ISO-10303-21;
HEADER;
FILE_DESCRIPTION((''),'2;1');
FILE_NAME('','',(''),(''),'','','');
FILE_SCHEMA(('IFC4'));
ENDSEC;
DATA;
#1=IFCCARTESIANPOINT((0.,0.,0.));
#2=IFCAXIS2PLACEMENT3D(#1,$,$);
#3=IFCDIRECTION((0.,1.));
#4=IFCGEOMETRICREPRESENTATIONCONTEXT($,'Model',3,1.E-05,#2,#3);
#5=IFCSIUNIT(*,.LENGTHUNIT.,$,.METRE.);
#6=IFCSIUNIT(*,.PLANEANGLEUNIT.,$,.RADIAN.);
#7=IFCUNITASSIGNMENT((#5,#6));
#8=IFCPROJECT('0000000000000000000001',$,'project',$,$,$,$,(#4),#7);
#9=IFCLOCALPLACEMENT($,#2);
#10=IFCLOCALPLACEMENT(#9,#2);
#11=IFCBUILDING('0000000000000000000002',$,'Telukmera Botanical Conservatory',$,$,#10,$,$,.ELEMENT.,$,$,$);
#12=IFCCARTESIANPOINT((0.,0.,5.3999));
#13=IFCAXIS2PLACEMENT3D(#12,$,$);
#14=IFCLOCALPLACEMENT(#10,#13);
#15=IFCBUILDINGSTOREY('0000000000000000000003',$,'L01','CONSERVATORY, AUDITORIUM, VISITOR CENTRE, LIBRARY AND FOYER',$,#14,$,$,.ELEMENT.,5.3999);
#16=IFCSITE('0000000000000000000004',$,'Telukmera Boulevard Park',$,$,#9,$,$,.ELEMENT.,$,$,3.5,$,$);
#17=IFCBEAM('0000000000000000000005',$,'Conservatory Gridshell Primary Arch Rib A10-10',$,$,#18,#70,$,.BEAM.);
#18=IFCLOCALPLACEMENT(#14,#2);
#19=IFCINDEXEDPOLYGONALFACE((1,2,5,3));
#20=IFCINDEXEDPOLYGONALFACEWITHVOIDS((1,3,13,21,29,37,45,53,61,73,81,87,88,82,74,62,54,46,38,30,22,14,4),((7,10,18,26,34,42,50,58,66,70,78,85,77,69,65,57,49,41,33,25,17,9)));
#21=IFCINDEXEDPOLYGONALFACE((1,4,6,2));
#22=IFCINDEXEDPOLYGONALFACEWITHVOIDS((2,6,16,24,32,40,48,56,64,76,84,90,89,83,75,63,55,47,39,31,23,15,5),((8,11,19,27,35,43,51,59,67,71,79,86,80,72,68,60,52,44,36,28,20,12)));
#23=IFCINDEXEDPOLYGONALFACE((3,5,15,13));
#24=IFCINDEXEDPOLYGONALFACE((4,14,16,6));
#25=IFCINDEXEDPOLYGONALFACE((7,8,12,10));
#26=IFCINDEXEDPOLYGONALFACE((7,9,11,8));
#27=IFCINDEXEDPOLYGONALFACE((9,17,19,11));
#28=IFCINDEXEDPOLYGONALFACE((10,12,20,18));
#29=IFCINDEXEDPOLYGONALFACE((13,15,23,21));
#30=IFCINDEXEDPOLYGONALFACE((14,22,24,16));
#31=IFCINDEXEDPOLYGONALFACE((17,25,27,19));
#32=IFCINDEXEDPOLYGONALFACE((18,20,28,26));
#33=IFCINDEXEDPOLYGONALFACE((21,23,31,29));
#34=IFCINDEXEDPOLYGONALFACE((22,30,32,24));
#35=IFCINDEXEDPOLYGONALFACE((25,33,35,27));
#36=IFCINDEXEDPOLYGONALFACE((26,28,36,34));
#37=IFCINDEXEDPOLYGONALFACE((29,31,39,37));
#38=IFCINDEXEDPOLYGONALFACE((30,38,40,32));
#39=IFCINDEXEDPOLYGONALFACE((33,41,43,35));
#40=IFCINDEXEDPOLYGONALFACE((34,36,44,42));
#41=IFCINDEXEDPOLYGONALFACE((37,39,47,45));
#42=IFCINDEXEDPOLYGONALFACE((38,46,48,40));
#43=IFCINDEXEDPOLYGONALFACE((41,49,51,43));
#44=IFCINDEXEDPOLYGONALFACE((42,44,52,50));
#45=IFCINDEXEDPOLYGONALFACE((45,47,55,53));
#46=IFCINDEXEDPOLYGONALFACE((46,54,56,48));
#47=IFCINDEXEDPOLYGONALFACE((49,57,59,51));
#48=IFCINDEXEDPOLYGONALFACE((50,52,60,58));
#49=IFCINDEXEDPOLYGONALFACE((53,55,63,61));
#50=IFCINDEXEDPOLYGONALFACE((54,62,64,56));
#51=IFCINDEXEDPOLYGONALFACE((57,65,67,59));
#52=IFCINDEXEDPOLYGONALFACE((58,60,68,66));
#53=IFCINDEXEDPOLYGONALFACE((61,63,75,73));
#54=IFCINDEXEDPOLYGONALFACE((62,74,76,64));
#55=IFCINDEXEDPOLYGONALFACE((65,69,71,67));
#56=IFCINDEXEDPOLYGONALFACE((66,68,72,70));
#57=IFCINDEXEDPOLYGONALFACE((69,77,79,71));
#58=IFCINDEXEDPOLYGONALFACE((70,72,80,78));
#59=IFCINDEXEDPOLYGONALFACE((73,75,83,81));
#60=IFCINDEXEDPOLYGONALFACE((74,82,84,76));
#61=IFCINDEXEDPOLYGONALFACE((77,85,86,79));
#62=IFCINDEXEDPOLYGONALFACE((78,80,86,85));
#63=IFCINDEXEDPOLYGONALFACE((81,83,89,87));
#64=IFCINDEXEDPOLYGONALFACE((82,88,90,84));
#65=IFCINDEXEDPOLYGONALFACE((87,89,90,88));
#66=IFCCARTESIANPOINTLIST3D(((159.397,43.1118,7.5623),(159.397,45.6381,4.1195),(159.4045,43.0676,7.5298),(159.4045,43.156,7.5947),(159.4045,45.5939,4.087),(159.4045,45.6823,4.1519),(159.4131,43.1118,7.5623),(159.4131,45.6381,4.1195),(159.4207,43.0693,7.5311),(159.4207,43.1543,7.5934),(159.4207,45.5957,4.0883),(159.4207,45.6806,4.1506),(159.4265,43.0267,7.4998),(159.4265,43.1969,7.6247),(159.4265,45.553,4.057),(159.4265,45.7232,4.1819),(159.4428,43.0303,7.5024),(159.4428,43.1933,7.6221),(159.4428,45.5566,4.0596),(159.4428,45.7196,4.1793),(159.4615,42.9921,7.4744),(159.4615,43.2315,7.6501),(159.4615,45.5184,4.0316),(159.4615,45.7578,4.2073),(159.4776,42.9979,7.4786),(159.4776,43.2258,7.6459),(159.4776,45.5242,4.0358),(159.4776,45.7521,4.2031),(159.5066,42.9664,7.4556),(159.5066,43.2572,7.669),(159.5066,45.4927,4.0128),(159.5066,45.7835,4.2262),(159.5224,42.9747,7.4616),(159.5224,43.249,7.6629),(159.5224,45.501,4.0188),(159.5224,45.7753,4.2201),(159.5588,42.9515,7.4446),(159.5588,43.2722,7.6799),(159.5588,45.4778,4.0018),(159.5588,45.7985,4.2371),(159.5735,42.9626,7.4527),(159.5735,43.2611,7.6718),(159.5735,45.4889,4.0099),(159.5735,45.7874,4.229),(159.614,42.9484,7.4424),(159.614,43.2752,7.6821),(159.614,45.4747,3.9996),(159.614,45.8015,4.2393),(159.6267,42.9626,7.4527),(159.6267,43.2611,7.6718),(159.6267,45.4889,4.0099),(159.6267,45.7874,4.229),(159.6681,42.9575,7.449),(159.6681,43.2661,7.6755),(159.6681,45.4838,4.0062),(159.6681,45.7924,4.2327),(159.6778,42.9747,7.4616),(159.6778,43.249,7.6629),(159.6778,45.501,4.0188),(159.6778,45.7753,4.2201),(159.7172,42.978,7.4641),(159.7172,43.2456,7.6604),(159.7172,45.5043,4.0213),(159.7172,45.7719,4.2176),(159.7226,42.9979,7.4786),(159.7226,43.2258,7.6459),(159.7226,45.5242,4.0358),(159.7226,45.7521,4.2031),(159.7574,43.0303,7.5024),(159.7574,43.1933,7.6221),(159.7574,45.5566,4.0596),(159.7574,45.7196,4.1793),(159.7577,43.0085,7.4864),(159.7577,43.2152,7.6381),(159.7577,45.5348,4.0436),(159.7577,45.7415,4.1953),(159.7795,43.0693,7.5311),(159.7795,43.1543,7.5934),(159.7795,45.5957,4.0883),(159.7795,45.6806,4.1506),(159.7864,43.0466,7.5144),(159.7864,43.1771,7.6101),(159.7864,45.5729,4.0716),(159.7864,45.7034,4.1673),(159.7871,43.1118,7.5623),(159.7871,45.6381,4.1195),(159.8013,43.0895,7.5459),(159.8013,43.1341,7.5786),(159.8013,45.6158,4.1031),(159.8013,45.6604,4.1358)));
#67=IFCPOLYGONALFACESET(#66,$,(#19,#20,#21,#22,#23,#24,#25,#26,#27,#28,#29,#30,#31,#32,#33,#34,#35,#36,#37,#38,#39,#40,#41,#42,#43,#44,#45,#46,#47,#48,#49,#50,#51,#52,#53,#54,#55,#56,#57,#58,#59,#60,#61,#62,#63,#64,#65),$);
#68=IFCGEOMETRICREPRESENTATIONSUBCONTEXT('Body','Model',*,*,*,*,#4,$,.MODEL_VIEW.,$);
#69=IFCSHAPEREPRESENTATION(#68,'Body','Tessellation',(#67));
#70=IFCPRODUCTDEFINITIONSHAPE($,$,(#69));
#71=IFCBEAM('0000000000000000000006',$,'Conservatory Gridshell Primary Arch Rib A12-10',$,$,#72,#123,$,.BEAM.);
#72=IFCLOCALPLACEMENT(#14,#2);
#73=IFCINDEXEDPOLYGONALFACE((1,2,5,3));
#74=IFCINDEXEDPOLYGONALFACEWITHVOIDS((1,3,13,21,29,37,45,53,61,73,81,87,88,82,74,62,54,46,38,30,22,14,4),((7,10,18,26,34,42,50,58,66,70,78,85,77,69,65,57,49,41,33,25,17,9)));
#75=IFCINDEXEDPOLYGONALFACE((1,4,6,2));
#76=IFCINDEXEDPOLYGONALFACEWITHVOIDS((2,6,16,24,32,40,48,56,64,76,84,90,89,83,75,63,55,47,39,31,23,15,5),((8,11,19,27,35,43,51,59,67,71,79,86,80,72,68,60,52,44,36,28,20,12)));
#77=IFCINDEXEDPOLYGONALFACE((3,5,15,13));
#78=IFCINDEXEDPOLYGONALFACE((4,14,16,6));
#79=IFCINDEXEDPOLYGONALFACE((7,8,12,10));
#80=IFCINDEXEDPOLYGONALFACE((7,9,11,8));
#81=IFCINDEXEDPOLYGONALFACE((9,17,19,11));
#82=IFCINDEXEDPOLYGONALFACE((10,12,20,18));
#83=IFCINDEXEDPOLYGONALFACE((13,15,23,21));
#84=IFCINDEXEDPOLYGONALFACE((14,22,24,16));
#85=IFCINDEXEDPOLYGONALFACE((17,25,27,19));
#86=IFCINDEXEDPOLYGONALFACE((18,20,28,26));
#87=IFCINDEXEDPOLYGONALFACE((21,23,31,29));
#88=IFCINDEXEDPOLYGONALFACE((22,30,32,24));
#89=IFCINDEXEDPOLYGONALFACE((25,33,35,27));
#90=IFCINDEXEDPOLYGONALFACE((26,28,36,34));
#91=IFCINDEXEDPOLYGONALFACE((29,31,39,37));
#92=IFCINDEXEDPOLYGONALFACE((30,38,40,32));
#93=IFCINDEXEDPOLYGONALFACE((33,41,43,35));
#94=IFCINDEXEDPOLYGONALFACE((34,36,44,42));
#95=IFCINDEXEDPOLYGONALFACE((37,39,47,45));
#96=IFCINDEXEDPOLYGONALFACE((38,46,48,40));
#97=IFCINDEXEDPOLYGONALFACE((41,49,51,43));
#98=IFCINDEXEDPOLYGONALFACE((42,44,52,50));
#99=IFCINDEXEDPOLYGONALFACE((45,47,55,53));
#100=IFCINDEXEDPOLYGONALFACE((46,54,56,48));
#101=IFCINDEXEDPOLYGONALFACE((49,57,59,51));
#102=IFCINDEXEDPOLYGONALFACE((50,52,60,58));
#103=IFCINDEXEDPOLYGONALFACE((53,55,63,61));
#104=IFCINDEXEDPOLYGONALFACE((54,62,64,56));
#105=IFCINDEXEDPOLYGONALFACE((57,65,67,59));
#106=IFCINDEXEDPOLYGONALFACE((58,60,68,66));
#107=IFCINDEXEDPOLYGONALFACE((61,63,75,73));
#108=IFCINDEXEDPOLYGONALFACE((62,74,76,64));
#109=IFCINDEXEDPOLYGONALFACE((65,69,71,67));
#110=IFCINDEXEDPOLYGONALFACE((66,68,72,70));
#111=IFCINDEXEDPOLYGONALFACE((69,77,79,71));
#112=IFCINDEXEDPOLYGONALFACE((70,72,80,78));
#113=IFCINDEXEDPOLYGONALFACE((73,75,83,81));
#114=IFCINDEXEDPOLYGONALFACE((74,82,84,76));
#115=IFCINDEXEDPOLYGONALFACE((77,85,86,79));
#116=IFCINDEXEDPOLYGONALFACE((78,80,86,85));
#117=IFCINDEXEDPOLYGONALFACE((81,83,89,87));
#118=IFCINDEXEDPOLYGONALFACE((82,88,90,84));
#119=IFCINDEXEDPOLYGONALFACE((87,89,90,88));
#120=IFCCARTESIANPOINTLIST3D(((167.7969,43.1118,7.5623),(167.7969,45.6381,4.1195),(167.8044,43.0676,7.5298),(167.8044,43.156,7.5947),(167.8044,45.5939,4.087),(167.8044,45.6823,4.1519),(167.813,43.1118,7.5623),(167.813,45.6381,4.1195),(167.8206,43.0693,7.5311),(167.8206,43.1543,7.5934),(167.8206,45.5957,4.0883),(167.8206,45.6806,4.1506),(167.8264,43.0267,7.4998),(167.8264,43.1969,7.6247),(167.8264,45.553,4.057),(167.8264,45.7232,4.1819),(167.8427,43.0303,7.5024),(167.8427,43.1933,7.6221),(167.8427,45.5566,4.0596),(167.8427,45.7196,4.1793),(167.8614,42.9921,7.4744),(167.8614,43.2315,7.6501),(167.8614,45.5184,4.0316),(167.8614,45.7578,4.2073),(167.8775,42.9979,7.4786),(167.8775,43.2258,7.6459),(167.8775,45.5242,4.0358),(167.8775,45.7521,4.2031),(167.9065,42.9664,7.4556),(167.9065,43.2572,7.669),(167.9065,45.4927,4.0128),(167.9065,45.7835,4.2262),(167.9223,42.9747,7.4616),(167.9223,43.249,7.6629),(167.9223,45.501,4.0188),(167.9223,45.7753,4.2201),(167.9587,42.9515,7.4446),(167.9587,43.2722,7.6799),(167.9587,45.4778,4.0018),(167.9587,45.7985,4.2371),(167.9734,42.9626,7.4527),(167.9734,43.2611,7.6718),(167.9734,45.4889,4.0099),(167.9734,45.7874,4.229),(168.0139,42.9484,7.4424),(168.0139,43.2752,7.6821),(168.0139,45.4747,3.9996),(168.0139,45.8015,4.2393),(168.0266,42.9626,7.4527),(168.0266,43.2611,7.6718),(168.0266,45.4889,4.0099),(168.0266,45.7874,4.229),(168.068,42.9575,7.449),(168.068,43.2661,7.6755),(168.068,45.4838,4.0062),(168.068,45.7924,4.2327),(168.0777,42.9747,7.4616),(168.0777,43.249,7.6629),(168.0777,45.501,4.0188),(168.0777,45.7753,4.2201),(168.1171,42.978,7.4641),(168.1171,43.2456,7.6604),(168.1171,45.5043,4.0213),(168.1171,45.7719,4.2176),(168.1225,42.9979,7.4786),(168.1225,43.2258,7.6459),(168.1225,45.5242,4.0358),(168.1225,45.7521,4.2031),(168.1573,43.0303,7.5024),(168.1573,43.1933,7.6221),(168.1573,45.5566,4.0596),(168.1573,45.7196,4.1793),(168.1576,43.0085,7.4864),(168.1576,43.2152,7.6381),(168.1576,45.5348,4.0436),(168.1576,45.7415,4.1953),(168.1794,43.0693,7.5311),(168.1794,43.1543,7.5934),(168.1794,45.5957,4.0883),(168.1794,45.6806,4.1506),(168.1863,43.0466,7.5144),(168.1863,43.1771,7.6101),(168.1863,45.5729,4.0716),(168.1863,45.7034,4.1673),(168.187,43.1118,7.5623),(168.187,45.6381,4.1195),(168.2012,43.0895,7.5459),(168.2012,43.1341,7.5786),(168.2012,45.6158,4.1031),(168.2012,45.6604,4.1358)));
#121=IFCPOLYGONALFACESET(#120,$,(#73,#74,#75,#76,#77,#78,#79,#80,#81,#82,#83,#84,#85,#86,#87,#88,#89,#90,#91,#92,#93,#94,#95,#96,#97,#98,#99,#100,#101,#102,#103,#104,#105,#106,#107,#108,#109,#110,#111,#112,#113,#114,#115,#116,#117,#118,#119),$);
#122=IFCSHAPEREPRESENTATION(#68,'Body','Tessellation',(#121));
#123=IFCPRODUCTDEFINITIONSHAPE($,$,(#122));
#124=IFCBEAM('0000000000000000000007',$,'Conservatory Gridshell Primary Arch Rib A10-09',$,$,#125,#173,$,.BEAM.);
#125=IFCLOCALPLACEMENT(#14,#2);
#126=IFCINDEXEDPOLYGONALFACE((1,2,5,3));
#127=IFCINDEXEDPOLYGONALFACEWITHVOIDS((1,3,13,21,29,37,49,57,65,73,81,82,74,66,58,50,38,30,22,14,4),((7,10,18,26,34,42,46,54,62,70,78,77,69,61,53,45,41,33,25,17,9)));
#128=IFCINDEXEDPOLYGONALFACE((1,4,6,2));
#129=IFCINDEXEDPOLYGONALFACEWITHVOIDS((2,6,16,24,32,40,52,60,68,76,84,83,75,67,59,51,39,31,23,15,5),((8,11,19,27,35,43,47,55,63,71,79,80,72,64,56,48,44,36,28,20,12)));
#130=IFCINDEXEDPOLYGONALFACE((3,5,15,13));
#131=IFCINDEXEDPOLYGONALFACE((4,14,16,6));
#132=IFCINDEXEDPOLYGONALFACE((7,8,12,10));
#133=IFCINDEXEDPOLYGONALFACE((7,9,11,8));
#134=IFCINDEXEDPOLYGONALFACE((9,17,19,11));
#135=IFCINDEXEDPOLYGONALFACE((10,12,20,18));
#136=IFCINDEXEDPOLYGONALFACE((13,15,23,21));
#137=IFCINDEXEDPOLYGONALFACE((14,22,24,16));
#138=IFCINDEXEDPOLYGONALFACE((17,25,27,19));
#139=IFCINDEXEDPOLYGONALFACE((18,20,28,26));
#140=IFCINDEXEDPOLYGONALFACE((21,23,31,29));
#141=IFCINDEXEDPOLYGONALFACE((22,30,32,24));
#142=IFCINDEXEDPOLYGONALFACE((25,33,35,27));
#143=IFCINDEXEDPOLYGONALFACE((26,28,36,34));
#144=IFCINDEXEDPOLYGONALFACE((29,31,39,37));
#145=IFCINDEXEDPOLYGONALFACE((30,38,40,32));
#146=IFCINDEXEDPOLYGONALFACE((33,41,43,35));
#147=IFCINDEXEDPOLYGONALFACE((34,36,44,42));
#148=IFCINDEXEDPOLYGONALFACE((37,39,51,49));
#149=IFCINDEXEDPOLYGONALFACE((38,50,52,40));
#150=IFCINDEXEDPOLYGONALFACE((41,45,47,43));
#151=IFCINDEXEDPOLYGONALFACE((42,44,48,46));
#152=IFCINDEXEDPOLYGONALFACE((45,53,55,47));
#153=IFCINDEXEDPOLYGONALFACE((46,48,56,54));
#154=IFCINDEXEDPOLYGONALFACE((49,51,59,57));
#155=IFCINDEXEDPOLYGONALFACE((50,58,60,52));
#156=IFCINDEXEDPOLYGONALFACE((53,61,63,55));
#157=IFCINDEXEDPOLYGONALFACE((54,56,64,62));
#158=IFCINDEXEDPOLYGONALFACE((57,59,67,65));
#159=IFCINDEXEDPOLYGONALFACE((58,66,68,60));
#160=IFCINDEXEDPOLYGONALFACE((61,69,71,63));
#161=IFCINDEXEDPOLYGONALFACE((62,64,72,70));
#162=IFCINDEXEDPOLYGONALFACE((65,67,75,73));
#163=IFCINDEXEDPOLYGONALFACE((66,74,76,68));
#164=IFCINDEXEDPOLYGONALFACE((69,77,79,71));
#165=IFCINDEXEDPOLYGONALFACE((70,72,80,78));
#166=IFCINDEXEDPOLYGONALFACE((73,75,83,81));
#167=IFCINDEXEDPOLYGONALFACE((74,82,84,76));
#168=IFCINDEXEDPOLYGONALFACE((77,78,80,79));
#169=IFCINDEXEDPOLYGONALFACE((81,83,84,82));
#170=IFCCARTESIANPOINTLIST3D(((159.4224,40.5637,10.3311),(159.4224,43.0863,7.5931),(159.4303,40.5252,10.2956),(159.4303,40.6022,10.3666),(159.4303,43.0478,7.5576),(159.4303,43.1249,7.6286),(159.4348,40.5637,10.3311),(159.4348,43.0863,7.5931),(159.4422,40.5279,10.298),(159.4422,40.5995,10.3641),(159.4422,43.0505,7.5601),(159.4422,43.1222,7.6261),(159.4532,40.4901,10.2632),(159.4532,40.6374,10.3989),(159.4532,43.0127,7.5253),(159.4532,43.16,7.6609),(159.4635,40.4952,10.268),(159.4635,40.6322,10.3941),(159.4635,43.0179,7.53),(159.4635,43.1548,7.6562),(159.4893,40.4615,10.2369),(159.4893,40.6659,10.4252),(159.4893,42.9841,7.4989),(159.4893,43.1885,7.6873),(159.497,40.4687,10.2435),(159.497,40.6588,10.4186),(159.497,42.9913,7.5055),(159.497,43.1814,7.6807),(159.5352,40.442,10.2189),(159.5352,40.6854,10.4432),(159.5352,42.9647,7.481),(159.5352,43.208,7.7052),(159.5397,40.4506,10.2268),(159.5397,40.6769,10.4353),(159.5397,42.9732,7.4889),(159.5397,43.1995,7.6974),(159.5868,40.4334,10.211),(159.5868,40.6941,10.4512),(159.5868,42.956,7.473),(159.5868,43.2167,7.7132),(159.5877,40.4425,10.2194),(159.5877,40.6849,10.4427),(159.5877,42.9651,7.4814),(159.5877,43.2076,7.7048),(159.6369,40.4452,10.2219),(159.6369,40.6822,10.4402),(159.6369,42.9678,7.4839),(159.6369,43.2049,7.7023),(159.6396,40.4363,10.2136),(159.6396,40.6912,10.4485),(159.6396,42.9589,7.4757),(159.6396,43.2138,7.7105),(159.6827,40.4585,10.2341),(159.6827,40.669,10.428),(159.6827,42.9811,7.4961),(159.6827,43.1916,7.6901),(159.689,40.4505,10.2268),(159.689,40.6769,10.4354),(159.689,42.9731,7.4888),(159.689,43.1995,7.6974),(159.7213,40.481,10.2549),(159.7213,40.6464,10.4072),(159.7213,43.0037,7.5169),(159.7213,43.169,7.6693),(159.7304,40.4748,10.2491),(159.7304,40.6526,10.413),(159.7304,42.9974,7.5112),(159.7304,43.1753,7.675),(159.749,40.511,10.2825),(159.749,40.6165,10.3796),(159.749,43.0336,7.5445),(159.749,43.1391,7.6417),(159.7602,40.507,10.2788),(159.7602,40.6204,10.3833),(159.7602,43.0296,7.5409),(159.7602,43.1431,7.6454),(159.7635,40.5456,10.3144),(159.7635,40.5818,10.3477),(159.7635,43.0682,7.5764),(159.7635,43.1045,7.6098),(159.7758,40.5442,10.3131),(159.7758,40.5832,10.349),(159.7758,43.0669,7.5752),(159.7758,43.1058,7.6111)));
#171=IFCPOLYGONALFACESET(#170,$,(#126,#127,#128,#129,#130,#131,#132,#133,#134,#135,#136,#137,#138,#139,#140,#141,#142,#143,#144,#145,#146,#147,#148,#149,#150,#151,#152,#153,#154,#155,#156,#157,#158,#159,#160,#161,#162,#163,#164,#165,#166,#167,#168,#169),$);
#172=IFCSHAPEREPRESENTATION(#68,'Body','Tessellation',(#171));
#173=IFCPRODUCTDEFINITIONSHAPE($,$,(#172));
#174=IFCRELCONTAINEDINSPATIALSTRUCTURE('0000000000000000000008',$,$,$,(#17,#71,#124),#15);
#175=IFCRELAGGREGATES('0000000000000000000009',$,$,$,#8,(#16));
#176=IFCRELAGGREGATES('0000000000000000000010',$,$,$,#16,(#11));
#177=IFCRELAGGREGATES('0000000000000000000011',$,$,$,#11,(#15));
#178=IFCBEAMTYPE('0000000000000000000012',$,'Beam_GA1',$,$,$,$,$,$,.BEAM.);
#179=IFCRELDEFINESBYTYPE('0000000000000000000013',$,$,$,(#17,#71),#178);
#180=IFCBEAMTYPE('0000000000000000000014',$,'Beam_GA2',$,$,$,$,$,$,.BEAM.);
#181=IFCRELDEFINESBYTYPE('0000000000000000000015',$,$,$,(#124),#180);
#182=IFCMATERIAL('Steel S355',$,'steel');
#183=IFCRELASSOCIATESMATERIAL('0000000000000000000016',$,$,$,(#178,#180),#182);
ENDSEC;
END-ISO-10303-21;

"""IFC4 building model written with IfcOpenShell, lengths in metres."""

from ifc_helpers import new_model, si_unit, direction, frame, origin, origin_2d, place, context, subcontext, project, spatial, hollow_circle, extrude, material, material_profile, profile_set, type_object, element, save


model = new_model("IFC4")

# Units and contexts
model_context = context("Model", 3, precision=1e-05, world=origin(), true_north=direction((0.0, 1.0)))
body_context = subcontext(model_context, "Body", "Model", "MODEL_VIEW")
ifc_project = project(units=[si_unit("LENGTHUNIT", "METRE"), si_unit("PLANEANGLEUNIT", "RADIAN")], contexts=[model_context])

# Site, building, storey
site_placement = place(None, origin())
site = spatial("IfcSite", under=ifc_project, at=site_placement, Name="Telukmera Boulevard Park", CompositionType="ELEMENT", RefElevation=3.5)
building_placement = place(site_placement, origin())
building = spatial("IfcBuilding", under=site, at=building_placement, Name="Telukmera Botanical Conservatory", CompositionType="ELEMENT")
storey_placement = place(building_placement, frame((0.0, 0.0, 5.3999)))
storey = spatial("IfcBuildingStorey", under=building, at=storey_placement, Name="L01", Description="CONSERVATORY, AUDITORIUM, VISITOR CENTRE, LIBRARY AND FOYER", CompositionType="ELEMENT", Elevation=5.3999)

# Beams
ifc_material_1 = material(Name="Steel S355", Category="steel")
ifc_material_profile_1 = material_profile(ifc_material_1, hollow_circle(Radius=0.2031, WallThickness=0.0161, at=origin_2d()), Name="CHS 406.4x16.0")
ifc_profile_set_1 = profile_set([ifc_material_profile_1], Name="Steel S355")
beam_type_1 = type_object("IfcBeamType", Name="Beam_GA1", PredefinedType="BEAM", material=ifc_profile_set_1)
for number, where, z_axis, x_axis, name in (
    (1, (159.6001, 43.1118, 7.5623), (0.0, 0.591607, -0.806227), (-1.0, 0.0, 0.0), "Conservatory Gridshell Primary Arch Rib A10-10"),
    (2, (168.0, 43.1118, 7.5623), (0.0, 0.591607, -0.806227), (-1.0, 0.0, 0.0), "Conservatory Gridshell Primary Arch Rib A12-10"),
):
    element("IfcBeam", number, at=place(storey_placement, frame(where, z_axis=z_axis, x_axis=x_axis)), inside=storey, type_object=beam_type_1, Name=name, PredefinedType="BEAM", context=body_context, shape_type="SweptSolid", body=[
        extrude(hollow_circle(Radius=0.2031, WallThickness=0.0161, at=origin_2d()), origin(), (0.0, 0.0, 1.0), 4.2703),
    ])
ifc_material_profile_2 = material_profile(ifc_material_1, hollow_circle(Radius=0.1777, WallThickness=0.0125, at=origin_2d()), Name="CHS 355.6x12.5")
ifc_profile_set_2 = profile_set([ifc_material_profile_2], Name="Steel S355")
beam_type_2 = type_object("IfcBeamType", Name="Beam_GA2", PredefinedType="BEAM", material=ifc_profile_set_2)
for number, where, z_axis, x_axis, name in (
    (3, (159.6001, 40.5637, 10.3311), (0.0, 0.677596, -0.735434), (-1.0, 0.0, 0.0), "Conservatory Gridshell Primary Arch Rib A10-09"),
):
    element("IfcBeam", number, at=place(storey_placement, frame(where, z_axis=z_axis, x_axis=x_axis)), inside=storey, type_object=beam_type_2, Name=name, PredefinedType="BEAM", context=body_context, shape_type="SweptSolid", body=[
        extrude(hollow_circle(Radius=0.1777, WallThickness=0.0125, at=origin_2d()), origin(), (0.0, 0.0, 1.0), 3.7229),
    ])

save(model, "model.ifc")
